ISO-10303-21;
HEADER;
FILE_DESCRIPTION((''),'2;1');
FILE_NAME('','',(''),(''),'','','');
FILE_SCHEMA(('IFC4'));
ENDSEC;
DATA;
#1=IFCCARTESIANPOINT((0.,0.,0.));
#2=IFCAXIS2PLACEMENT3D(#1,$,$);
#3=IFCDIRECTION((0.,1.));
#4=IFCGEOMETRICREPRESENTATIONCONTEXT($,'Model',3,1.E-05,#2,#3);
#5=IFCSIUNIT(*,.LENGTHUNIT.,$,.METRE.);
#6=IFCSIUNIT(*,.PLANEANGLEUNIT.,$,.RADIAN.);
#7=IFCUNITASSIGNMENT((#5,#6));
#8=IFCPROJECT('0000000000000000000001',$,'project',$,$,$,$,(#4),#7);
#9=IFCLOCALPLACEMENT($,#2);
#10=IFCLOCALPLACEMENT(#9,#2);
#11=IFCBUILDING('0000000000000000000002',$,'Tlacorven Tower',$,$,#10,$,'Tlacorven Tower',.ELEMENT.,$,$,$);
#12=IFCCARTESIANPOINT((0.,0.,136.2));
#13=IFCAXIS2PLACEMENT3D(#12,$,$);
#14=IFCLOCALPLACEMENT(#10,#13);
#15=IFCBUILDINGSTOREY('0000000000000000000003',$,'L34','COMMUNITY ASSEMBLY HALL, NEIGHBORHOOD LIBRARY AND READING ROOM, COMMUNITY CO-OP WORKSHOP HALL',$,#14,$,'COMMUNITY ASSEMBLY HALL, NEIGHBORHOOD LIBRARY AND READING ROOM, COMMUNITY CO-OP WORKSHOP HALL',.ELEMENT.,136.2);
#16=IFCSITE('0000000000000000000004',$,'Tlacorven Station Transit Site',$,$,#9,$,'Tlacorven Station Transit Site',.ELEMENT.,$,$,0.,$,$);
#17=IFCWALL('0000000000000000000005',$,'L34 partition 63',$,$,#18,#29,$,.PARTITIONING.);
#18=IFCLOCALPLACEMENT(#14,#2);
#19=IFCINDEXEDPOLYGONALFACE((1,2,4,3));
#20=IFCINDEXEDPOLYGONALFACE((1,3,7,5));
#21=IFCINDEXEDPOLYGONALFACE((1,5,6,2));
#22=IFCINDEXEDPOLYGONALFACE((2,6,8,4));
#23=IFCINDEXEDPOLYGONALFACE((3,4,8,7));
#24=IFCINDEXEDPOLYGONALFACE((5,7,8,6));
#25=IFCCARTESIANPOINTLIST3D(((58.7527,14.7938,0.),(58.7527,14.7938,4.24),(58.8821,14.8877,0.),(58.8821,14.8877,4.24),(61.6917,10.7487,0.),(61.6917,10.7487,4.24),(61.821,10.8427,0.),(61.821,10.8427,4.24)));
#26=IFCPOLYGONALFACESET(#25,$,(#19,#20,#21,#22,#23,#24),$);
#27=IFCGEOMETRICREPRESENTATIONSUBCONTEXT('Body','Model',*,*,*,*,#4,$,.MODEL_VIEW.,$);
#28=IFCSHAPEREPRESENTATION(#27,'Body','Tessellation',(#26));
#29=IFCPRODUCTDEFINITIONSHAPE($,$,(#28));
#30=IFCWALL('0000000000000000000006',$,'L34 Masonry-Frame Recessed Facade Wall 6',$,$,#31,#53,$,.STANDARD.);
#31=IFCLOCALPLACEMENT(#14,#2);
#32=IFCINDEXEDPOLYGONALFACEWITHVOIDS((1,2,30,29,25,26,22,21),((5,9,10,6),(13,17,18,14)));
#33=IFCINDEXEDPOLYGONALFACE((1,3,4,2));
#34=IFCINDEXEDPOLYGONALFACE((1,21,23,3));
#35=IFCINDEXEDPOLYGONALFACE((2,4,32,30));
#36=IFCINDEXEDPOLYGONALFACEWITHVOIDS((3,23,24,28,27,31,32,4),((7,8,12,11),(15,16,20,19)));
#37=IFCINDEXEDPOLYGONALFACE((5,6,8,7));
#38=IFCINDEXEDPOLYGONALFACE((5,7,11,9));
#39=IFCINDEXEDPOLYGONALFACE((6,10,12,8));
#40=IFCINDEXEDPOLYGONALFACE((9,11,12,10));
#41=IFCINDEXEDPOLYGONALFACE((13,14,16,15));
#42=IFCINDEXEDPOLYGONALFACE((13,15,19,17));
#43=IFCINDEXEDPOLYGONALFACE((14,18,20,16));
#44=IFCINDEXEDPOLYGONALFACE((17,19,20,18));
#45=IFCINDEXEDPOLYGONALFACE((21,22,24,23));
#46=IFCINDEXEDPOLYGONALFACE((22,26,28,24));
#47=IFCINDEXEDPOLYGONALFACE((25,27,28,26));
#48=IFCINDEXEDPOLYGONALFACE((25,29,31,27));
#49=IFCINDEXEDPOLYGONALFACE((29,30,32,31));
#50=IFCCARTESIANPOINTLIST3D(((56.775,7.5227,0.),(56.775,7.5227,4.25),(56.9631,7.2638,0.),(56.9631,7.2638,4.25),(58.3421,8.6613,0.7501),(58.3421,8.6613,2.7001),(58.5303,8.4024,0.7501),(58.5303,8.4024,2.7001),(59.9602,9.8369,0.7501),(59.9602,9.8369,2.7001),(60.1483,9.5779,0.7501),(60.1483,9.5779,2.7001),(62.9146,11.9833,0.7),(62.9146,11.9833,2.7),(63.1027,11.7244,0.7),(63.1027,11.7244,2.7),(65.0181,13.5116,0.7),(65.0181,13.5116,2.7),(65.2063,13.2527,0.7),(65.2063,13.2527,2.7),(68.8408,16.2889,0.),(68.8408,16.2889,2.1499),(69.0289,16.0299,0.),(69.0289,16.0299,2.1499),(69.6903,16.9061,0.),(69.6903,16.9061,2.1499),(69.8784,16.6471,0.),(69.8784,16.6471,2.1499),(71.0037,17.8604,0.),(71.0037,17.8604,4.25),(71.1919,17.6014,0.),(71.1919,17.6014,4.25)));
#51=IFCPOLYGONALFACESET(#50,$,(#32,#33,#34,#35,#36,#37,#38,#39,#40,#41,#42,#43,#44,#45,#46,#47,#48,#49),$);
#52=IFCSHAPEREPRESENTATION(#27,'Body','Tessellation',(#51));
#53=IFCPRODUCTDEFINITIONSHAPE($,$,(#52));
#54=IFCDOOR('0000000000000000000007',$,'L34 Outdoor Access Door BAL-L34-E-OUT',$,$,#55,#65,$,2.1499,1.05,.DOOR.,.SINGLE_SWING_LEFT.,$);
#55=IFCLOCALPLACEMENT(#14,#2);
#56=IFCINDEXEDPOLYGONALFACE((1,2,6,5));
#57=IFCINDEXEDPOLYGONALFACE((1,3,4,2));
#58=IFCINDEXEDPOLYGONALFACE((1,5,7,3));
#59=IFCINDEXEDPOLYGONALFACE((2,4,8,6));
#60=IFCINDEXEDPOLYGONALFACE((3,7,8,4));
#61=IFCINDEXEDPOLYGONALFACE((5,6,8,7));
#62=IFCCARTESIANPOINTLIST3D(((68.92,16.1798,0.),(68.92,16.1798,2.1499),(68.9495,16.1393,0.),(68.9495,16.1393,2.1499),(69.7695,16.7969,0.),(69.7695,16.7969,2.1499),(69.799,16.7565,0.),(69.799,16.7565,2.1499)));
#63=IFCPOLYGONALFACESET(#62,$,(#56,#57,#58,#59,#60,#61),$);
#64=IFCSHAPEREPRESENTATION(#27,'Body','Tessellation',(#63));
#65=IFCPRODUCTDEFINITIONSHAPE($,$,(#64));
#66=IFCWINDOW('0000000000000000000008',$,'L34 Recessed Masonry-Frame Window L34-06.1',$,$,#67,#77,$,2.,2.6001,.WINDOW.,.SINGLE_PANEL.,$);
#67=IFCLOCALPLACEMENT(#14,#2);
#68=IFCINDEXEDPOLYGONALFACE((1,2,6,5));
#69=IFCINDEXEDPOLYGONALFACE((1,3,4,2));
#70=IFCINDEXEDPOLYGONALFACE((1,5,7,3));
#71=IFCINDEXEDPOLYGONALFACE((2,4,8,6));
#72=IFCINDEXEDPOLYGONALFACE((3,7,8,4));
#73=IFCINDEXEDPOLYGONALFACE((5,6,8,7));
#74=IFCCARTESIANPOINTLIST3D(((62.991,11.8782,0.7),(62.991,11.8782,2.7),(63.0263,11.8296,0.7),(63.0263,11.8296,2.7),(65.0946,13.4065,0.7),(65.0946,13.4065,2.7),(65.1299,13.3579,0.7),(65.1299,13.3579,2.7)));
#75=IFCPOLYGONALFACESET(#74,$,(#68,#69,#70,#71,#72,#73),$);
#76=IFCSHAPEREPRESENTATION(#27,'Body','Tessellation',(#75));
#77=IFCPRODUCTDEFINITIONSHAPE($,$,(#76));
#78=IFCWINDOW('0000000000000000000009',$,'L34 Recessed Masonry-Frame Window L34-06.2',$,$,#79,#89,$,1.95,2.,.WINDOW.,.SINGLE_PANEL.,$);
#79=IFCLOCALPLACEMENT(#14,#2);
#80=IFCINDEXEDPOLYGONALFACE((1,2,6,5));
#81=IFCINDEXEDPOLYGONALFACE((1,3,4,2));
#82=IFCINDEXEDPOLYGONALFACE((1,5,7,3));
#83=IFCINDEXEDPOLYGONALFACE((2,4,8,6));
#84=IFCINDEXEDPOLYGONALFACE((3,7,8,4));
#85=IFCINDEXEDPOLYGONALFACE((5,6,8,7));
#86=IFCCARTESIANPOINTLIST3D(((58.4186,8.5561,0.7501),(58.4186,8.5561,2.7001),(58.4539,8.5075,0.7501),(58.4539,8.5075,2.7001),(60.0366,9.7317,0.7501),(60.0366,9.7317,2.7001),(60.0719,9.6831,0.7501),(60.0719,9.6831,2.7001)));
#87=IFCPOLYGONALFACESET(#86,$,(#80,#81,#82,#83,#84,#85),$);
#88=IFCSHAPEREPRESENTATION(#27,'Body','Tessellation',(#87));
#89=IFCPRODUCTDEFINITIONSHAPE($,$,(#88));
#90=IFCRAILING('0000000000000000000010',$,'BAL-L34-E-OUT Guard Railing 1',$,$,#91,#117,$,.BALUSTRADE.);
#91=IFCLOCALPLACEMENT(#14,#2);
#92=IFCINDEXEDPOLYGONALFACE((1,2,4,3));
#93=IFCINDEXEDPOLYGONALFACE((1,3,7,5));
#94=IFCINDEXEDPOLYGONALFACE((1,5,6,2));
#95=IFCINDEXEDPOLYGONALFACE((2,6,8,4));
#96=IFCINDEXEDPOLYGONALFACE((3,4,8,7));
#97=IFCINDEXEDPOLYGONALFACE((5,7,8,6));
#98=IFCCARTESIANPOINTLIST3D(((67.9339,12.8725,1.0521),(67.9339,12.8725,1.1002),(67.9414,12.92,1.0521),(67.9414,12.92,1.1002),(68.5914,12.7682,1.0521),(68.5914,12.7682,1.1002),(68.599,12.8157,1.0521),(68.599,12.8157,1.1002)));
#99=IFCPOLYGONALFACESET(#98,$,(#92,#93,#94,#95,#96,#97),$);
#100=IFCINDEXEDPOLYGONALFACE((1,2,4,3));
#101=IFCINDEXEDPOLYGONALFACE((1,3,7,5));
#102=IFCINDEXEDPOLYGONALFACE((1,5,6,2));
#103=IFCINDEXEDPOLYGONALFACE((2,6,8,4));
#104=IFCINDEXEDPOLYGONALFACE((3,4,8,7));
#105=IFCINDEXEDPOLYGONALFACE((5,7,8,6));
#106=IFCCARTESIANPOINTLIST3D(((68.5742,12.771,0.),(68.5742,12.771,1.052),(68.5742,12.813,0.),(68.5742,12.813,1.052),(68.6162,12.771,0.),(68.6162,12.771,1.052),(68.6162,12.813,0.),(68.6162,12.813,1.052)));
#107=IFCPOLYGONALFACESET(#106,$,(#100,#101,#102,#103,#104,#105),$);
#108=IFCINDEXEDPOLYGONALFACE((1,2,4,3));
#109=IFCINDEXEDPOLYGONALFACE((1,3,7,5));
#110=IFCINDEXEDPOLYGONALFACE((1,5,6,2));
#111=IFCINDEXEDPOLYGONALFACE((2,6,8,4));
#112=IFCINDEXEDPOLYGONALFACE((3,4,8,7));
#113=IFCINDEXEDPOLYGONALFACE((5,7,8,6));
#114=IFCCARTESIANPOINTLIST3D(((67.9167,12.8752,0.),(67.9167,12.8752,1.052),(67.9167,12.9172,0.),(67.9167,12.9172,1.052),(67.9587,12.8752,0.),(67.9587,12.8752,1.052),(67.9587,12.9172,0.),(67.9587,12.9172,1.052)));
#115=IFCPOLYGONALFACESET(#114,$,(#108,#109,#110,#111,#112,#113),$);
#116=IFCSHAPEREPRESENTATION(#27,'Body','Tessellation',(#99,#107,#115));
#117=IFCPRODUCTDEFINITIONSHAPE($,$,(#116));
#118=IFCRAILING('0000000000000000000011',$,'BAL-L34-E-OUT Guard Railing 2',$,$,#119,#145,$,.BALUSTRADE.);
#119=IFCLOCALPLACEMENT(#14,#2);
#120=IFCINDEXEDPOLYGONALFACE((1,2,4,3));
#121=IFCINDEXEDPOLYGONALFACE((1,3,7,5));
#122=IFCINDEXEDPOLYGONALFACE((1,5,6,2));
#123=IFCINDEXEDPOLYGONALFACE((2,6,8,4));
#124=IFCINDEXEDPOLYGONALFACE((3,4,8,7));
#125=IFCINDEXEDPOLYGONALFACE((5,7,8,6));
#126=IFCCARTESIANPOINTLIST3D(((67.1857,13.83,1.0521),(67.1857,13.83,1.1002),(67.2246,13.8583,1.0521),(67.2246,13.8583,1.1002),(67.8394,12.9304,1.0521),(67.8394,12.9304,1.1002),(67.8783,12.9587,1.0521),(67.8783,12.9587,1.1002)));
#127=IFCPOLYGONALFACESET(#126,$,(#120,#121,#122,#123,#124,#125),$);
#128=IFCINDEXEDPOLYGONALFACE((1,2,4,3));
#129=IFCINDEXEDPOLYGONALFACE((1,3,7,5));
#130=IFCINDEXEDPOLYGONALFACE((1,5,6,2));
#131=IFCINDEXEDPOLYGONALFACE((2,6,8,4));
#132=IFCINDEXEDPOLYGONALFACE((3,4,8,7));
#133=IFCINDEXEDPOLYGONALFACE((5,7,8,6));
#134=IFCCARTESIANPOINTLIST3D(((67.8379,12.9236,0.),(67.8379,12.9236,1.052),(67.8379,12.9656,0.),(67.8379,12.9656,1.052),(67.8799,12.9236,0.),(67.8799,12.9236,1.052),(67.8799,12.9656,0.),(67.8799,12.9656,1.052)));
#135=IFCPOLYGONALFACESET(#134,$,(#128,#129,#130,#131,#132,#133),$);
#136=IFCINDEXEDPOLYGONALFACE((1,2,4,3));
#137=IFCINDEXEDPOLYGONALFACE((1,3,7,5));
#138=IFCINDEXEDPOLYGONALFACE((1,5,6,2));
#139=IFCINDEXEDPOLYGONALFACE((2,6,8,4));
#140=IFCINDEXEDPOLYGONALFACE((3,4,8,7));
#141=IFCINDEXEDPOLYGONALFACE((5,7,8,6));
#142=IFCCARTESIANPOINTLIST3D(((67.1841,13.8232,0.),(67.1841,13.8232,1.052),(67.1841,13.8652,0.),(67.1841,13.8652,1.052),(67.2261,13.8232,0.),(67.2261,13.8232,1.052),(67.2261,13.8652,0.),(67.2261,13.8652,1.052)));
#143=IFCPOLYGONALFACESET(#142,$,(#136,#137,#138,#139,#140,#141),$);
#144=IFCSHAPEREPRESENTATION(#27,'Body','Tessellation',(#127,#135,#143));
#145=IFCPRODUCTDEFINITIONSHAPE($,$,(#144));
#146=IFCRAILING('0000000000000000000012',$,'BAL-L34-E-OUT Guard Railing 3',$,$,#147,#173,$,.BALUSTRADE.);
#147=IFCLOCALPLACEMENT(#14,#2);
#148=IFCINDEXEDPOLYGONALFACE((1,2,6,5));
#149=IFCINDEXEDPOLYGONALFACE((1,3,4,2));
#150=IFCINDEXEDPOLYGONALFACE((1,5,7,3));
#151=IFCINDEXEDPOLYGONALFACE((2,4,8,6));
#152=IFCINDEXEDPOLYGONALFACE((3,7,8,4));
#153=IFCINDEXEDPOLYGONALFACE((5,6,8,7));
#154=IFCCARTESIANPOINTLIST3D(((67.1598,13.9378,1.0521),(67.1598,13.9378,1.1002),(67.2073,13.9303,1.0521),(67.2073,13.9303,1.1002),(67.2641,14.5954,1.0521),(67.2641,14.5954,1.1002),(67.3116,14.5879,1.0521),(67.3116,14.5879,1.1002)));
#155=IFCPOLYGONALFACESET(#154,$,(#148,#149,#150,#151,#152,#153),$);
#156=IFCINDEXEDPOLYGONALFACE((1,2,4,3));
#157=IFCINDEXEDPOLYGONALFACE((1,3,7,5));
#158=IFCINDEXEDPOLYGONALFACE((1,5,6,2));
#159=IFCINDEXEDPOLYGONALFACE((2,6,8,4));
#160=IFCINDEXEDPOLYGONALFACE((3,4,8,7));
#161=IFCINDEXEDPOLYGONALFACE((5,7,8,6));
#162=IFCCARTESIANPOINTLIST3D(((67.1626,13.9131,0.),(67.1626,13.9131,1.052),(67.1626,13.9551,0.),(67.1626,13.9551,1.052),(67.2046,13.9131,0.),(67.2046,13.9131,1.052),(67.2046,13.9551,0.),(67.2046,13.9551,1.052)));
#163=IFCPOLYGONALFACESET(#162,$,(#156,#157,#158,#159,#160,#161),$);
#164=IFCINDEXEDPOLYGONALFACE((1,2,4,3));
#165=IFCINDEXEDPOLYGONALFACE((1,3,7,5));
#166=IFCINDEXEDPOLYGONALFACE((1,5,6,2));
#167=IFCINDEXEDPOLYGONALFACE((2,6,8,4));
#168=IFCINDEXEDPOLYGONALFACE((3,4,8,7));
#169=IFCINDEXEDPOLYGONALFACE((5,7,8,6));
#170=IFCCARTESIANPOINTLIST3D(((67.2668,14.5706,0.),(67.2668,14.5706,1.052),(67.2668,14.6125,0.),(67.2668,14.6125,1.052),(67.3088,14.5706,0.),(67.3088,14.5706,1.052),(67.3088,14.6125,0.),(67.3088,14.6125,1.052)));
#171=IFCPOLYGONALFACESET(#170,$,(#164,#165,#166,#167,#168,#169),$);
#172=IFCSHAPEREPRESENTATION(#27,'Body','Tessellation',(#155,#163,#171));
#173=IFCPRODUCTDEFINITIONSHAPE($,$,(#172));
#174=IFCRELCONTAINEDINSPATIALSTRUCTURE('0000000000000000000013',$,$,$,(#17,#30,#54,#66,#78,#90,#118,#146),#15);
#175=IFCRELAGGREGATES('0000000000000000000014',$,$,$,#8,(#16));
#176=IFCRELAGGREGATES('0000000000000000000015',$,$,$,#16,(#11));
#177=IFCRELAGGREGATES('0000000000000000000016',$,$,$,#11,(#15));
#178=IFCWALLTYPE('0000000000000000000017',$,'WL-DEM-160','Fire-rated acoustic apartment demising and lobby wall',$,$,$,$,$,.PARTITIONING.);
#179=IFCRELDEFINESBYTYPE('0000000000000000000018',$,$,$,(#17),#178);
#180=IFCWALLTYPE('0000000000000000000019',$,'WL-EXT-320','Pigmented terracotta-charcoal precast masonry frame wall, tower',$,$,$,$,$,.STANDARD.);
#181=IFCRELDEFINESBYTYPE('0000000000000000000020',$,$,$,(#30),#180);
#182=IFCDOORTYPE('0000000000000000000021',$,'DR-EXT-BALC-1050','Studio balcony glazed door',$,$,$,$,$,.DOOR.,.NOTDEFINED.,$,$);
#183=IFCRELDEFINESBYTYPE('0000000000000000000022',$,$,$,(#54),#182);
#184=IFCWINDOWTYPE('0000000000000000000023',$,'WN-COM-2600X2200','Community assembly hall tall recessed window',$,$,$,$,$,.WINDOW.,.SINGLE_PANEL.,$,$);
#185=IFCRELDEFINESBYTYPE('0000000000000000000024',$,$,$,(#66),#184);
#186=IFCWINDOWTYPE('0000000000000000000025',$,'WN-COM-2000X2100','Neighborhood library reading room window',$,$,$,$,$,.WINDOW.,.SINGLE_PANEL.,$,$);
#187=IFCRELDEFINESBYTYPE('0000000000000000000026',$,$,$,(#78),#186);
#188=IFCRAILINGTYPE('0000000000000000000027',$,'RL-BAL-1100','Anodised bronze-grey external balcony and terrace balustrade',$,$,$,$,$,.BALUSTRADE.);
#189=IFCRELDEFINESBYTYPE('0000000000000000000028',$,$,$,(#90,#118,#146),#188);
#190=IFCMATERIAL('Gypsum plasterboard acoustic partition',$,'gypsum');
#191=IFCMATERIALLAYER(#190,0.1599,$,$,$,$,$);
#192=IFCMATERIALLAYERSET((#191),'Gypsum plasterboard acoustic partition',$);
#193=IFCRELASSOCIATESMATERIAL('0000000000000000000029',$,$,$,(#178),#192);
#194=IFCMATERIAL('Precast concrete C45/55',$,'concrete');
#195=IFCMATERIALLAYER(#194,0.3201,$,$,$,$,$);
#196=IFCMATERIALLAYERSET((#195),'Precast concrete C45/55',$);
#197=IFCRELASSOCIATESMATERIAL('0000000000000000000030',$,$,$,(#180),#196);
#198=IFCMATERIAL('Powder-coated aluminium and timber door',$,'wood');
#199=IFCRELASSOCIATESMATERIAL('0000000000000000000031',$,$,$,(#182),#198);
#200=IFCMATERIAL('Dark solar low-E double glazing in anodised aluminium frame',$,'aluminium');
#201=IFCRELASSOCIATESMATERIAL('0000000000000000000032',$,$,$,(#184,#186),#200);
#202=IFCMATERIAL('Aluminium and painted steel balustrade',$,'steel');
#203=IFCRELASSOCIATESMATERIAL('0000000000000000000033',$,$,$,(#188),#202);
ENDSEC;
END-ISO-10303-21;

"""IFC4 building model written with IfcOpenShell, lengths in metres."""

from ifc_helpers import new_model, si_unit, direction, frame, frame_2d, origin, origin_2d, place, context, subcontext, project, spatial, rectangle, extrude, source, transform, mapped, material, layer, layer_set, type_object, element, fill, save


model = new_model("IFC4")

# Units and contexts
model_context = context("Model", 3, precision=1e-05, world=origin(), true_north=direction((0.0, 1.0)))
body_context = subcontext(model_context, "Body", "Model", "MODEL_VIEW")
ifc_project = project(units=[si_unit("LENGTHUNIT", "METRE"), si_unit("PLANEANGLEUNIT", "RADIAN")], contexts=[model_context])

# Site, building, storey
site_placement = place(None, origin())
site = spatial("IfcSite", under=ifc_project, at=site_placement, Name="Tlacorven Station Transit Site", LongName="Tlacorven Station Transit Site", CompositionType="ELEMENT", RefElevation=0.0)
building_placement = place(site_placement, origin())
building = spatial("IfcBuilding", under=site, at=building_placement, Name="Tlacorven Tower", LongName="Tlacorven Tower", CompositionType="ELEMENT")
storey_placement = place(building_placement, frame((0.0, 0.0, 136.2)))
storey = spatial("IfcBuildingStorey", under=building, at=storey_placement, Name="L34", Description="COMMUNITY ASSEMBLY HALL, NEIGHBORHOOD LIBRARY AND READING ROOM, COMMUNITY CO-OP WORKSHOP HALL", LongName="COMMUNITY ASSEMBLY HALL, NEIGHBORHOOD LIBRARY AND READING ROOM, COMMUNITY CO-OP WORKSHOP HALL", CompositionType="ELEMENT", Elevation=136.2)

# Shared definitions
ifc_material_1 = material(Name="Gypsum plasterboard acoustic partition", Category="gypsum")
ifc_layer_1 = layer(ifc_material_1, 0.1599)
ifc_layer_set_1 = layer_set([ifc_layer_1], Name="Gypsum plasterboard acoustic partition")
wall_type_1 = type_object("IfcWallType", Name="WL-DEM-160", Description="Fire-rated acoustic apartment demising and lobby wall", PredefinedType="PARTITIONING", material=ifc_layer_set_1)

# Wall
wall_1_placement = place(storey_placement, frame((61.7563, 10.7957, 0.0), z_axis=(0.0, 0.0, 1.0), x_axis=(-0.587783, 0.809019, 0.0)))
element("IfcWall", 1, at=wall_1_placement, inside=storey, type_object=wall_type_1, Name="L34 partition 63", PredefinedType="PARTITIONING", context=body_context, shape_type="SweptSolid", body=[
    extrude(rectangle(XDim=5.0, YDim=0.1599, at=frame_2d((2.5, 0.0))), origin(), (0.0, 0.0, 1.0), 4.24),
])

# Wall, openings, door, windows
ifc_material_2 = material(Name="Precast concrete C45/55", Category="concrete")
ifc_layer_2 = layer(ifc_material_2, 0.3201)
ifc_layer_set_2 = layer_set([ifc_layer_2], Name="Precast concrete C45/55")
wall_type_2 = type_object("IfcWallType", Name="WL-EXT-320", Description="Pigmented terracotta-charcoal precast masonry frame wall, tower", PredefinedType="STANDARD", material=ifc_layer_set_2)
wall_2_placement = place(storey_placement, frame((71.0979, 17.731, 0.0), z_axis=(0.0, 0.0, 1.0), x_axis=(-0.809021, -0.58778, 0.0)))
wall_2 = element("IfcWall", 2, at=wall_2_placement, inside=storey, type_object=wall_type_2, Name="L34 Masonry-Frame Recessed Facade Wall 6", PredefinedType="STANDARD", context=body_context, shape_type="SweptSolid", body=[
    extrude(rectangle(XDim=17.5876, YDim=0.3201, at=frame_2d((8.7939, 0.0))), origin(), (0.0, 0.0, 1.0), 4.25),
])
opening_1_placement = place(wall_2_placement, frame((1.6238, 0.0, 0.0)))
opening_1 = element("IfcOpeningElement", 3, at=opening_1_placement, cuts=wall_2, PredefinedType="OPENING", context=body_context, shape_type="SweptSolid", body=[
    extrude(rectangle(XDim=1.05, YDim=2.1499, at=frame_2d((0.5249, 1.075))), frame((0.0, 0.1699, 0.0), z_axis=(0.0, -1.0, 0.0), x_axis=(1.0, 0.0, 0.0)), (0.0, 0.0, 1.0), 0.3401),
])
opening_2_placement = place(wall_2_placement, frame((7.3987, 0.0, 0.7)))
opening_2 = element("IfcOpeningElement", 4, at=opening_2_placement, cuts=wall_2, PredefinedType="OPENING", context=body_context, shape_type="SweptSolid", body=[
    extrude(rectangle(XDim=2.6001, YDim=2.0, at=frame_2d((1.3, 1.0))), frame((0.0, 0.1699, 0.0), z_axis=(0.0, -1.0, 0.0), x_axis=(1.0, 0.0, 0.0)), (0.0, 0.0, 1.0), 0.3401),
])
opening_3_placement = place(wall_2_placement, frame((13.6506, 0.0, 0.75)))
opening_3 = element("IfcOpeningElement", 5, at=opening_3_placement, cuts=wall_2, PredefinedType="OPENING", context=body_context, shape_type="SweptSolid", body=[
    extrude(rectangle(XDim=2.0, YDim=1.95, at=frame_2d((1.0, 0.9751))), frame((0.0, 0.1699, 0.0), z_axis=(0.0, -1.0, 0.0), x_axis=(1.0, 0.0, 0.0)), (0.0, 0.0, 1.0), 0.3401),
])
ifc_material_3 = material(Name="Powder-coated aluminium and timber door", Category="wood")
door_type_1 = type_object("IfcDoorType", Name="DR-EXT-BALC-1050", Description="Studio balcony glazed door", OperationType="NOTDEFINED", PredefinedType="DOOR", material=ifc_material_3)
shared_shape_1 = source(origin(), body_context, "Body", "SweptSolid", [
    extrude(rectangle(XDim=1.05, YDim=2.1499, at=frame_2d((0.5249, 1.075))), frame((0.0, 0.0249, 0.0), z_axis=(0.0, -1.0, 0.0), x_axis=(1.0, 0.0, 0.0)), (0.0, 0.0, 1.0), 0.05),
])
door_1_placement = place(opening_1_placement, origin())
door_1 = element("IfcDoor", 6, at=door_1_placement, inside=storey, type_object=door_type_1, Name="L34 Outdoor Access Door BAL-L34-E-OUT", OperationType="SINGLE_SWING_LEFT", OverallHeight=2.1499, OverallWidth=1.05, PredefinedType="DOOR", context=body_context, shape_type="MappedRepresentation", body=[
    mapped(shared_shape_1, transform((0.0, 0.0, 0.0), scale=1.0)),
])
fill(opening_1, door_1)
ifc_material_4 = material(Name="Dark solar low-E double glazing in anodised aluminium frame", Category="aluminium")
window_type_1 = type_object("IfcWindowType", Name="WN-COM-2600X2200", Description="Community assembly hall tall recessed window", PartitioningType="SINGLE_PANEL", PredefinedType="WINDOW", material=ifc_material_4)
shared_shape_2 = source(origin(), body_context, "Body", "SweptSolid", [
    extrude(rectangle(XDim=2.6001, YDim=2.0, at=frame_2d((1.3, 1.0))), frame((0.0, 0.03, 0.0), z_axis=(0.0, -1.0, 0.0), x_axis=(1.0, 0.0, 0.0)), (0.0, 0.0, 1.0), 0.0601),
])
window_1_placement = place(opening_2_placement, origin())
window_1 = element("IfcWindow", 7, at=window_1_placement, inside=storey, type_object=window_type_1, Name="L34 Recessed Masonry-Frame Window L34-06.1", OverallHeight=2.0, OverallWidth=2.6001, PartitioningType="SINGLE_PANEL", PredefinedType="WINDOW", context=body_context, shape_type="MappedRepresentation", body=[
    mapped(shared_shape_2, transform((0.0, 0.0, 0.0), scale=1.0)),
])
fill(opening_2, window_1)
window_type_2 = type_object("IfcWindowType", Name="WN-COM-2000X2100", Description="Neighborhood library reading room window", PartitioningType="SINGLE_PANEL", PredefinedType="WINDOW", material=ifc_material_4)
shared_shape_3 = source(origin(), body_context, "Body", "SweptSolid", [
    extrude(rectangle(XDim=2.0, YDim=1.95, at=frame_2d((1.0, 0.9751))), frame((0.0, 0.03, 0.0), z_axis=(0.0, -1.0, 0.0), x_axis=(1.0, 0.0, 0.0)), (0.0, 0.0, 1.0), 0.0601),
])
window_2_placement = place(opening_3_placement, origin())
window_2 = element("IfcWindow", 8, at=window_2_placement, inside=storey, type_object=window_type_2, Name="L34 Recessed Masonry-Frame Window L34-06.2", OverallHeight=1.95, OverallWidth=2.0, PartitioningType="SINGLE_PANEL", PredefinedType="WINDOW", context=body_context, shape_type="MappedRepresentation", body=[
    mapped(shared_shape_3, transform((0.0, 0.0, 0.0), scale=1.0)),
])
fill(opening_3, window_2)

# Railings
ifc_material_5 = material(Name="Aluminium and painted steel balustrade", Category="steel")
railing_type_1 = type_object("IfcRailingType", Name="RL-BAL-1100", Description="Anodised bronze-grey external balcony and terrace balustrade", PredefinedType="BALUSTRADE", material=ifc_material_5)
shared_shape_4 = source(origin(), body_context, "Body", "SweptSolid", [
    extrude(rectangle(XDim=0.0481, YDim=0.0481, at=origin_2d()), frame((0.0, 0.0, 1.0762), z_axis=(-0.987662, 0.156603, 0.0), x_axis=(-0.156603, -0.987662, 0.0)), (0.0, 0.0, 1.0), 0.6658),
    extrude(rectangle(XDim=0.042, YDim=0.042, at=origin_2d()), origin(), (0.0, 0.0, 1.0), 1.052),
    extrude(rectangle(XDim=0.042, YDim=0.042, at=origin_2d()), frame((-0.6575, 0.1042, 0.0)), (0.0, 0.0, 1.0), 1.052),
])
railing_1_placement = place(storey_placement, frame((68.5952, 12.792, 0.0)))
element("IfcRailing", 9, at=railing_1_placement, inside=storey, type_object=railing_type_1, Name="BAL-L34-E-OUT Guard Railing 1", PredefinedType="BALUSTRADE", context=body_context, shape_type="MappedRepresentation", body=[
    mapped(shared_shape_4, transform((0.0, 0.0, 0.0), scale=1.0)),
])
shared_shape_5 = source(origin(), body_context, "Body", "SweptSolid", [
    extrude(rectangle(XDim=0.0481, YDim=0.0481, at=origin_2d()), frame((0.0, 0.0, 1.0762), z_axis=(-0.587884, 0.808945, 0.0), x_axis=(-0.808945, -0.587884, 0.0)), (0.0, 0.0, 1.0), 1.1121),
    extrude(rectangle(XDim=0.042, YDim=0.042, at=origin_2d()), origin(), (0.0, 0.0, 1.0), 1.052),
    extrude(rectangle(XDim=0.042, YDim=0.042, at=origin_2d()), frame((-0.6538, 0.8997, 0.0)), (0.0, 0.0, 1.0), 1.052),
])
railing_2_placement = place(storey_placement, frame((67.8589, 12.9446, 0.0)))
element("IfcRailing", 10, at=railing_2_placement, inside=storey, type_object=railing_type_1, Name="BAL-L34-E-OUT Guard Railing 2", PredefinedType="BALUSTRADE", context=body_context, shape_type="MappedRepresentation", body=[
    mapped(shared_shape_5, transform((0.0, 0.0, 0.0), scale=1.0)),
])
shared_shape_6 = source(origin(), body_context, "Body", "SweptSolid", [
    extrude(rectangle(XDim=0.0481, YDim=0.0481, at=origin_2d()), frame((0.0, 0.0, 1.0762), z_axis=(0.156603, 0.987662, 0.0), x_axis=(-0.987662, 0.156603, 0.0)), (0.0, 0.0, 1.0), 0.6658),
    extrude(rectangle(XDim=0.042, YDim=0.042, at=origin_2d()), origin(), (0.0, 0.0, 1.0), 1.052),
    extrude(rectangle(XDim=0.042, YDim=0.042, at=origin_2d()), frame((0.1042, 0.6575, 0.0)), (0.0, 0.0, 1.0), 1.052),
])
railing_3_placement = place(storey_placement, frame((67.1836, 13.9341, 0.0)))
element("IfcRailing", 11, at=railing_3_placement, inside=storey, type_object=railing_type_1, Name="BAL-L34-E-OUT Guard Railing 3", PredefinedType="BALUSTRADE", context=body_context, shape_type="MappedRepresentation", body=[
    mapped(shared_shape_6, transform((0.0, 0.0, 0.0), scale=1.0)),
])

save(model, "model.ifc")
